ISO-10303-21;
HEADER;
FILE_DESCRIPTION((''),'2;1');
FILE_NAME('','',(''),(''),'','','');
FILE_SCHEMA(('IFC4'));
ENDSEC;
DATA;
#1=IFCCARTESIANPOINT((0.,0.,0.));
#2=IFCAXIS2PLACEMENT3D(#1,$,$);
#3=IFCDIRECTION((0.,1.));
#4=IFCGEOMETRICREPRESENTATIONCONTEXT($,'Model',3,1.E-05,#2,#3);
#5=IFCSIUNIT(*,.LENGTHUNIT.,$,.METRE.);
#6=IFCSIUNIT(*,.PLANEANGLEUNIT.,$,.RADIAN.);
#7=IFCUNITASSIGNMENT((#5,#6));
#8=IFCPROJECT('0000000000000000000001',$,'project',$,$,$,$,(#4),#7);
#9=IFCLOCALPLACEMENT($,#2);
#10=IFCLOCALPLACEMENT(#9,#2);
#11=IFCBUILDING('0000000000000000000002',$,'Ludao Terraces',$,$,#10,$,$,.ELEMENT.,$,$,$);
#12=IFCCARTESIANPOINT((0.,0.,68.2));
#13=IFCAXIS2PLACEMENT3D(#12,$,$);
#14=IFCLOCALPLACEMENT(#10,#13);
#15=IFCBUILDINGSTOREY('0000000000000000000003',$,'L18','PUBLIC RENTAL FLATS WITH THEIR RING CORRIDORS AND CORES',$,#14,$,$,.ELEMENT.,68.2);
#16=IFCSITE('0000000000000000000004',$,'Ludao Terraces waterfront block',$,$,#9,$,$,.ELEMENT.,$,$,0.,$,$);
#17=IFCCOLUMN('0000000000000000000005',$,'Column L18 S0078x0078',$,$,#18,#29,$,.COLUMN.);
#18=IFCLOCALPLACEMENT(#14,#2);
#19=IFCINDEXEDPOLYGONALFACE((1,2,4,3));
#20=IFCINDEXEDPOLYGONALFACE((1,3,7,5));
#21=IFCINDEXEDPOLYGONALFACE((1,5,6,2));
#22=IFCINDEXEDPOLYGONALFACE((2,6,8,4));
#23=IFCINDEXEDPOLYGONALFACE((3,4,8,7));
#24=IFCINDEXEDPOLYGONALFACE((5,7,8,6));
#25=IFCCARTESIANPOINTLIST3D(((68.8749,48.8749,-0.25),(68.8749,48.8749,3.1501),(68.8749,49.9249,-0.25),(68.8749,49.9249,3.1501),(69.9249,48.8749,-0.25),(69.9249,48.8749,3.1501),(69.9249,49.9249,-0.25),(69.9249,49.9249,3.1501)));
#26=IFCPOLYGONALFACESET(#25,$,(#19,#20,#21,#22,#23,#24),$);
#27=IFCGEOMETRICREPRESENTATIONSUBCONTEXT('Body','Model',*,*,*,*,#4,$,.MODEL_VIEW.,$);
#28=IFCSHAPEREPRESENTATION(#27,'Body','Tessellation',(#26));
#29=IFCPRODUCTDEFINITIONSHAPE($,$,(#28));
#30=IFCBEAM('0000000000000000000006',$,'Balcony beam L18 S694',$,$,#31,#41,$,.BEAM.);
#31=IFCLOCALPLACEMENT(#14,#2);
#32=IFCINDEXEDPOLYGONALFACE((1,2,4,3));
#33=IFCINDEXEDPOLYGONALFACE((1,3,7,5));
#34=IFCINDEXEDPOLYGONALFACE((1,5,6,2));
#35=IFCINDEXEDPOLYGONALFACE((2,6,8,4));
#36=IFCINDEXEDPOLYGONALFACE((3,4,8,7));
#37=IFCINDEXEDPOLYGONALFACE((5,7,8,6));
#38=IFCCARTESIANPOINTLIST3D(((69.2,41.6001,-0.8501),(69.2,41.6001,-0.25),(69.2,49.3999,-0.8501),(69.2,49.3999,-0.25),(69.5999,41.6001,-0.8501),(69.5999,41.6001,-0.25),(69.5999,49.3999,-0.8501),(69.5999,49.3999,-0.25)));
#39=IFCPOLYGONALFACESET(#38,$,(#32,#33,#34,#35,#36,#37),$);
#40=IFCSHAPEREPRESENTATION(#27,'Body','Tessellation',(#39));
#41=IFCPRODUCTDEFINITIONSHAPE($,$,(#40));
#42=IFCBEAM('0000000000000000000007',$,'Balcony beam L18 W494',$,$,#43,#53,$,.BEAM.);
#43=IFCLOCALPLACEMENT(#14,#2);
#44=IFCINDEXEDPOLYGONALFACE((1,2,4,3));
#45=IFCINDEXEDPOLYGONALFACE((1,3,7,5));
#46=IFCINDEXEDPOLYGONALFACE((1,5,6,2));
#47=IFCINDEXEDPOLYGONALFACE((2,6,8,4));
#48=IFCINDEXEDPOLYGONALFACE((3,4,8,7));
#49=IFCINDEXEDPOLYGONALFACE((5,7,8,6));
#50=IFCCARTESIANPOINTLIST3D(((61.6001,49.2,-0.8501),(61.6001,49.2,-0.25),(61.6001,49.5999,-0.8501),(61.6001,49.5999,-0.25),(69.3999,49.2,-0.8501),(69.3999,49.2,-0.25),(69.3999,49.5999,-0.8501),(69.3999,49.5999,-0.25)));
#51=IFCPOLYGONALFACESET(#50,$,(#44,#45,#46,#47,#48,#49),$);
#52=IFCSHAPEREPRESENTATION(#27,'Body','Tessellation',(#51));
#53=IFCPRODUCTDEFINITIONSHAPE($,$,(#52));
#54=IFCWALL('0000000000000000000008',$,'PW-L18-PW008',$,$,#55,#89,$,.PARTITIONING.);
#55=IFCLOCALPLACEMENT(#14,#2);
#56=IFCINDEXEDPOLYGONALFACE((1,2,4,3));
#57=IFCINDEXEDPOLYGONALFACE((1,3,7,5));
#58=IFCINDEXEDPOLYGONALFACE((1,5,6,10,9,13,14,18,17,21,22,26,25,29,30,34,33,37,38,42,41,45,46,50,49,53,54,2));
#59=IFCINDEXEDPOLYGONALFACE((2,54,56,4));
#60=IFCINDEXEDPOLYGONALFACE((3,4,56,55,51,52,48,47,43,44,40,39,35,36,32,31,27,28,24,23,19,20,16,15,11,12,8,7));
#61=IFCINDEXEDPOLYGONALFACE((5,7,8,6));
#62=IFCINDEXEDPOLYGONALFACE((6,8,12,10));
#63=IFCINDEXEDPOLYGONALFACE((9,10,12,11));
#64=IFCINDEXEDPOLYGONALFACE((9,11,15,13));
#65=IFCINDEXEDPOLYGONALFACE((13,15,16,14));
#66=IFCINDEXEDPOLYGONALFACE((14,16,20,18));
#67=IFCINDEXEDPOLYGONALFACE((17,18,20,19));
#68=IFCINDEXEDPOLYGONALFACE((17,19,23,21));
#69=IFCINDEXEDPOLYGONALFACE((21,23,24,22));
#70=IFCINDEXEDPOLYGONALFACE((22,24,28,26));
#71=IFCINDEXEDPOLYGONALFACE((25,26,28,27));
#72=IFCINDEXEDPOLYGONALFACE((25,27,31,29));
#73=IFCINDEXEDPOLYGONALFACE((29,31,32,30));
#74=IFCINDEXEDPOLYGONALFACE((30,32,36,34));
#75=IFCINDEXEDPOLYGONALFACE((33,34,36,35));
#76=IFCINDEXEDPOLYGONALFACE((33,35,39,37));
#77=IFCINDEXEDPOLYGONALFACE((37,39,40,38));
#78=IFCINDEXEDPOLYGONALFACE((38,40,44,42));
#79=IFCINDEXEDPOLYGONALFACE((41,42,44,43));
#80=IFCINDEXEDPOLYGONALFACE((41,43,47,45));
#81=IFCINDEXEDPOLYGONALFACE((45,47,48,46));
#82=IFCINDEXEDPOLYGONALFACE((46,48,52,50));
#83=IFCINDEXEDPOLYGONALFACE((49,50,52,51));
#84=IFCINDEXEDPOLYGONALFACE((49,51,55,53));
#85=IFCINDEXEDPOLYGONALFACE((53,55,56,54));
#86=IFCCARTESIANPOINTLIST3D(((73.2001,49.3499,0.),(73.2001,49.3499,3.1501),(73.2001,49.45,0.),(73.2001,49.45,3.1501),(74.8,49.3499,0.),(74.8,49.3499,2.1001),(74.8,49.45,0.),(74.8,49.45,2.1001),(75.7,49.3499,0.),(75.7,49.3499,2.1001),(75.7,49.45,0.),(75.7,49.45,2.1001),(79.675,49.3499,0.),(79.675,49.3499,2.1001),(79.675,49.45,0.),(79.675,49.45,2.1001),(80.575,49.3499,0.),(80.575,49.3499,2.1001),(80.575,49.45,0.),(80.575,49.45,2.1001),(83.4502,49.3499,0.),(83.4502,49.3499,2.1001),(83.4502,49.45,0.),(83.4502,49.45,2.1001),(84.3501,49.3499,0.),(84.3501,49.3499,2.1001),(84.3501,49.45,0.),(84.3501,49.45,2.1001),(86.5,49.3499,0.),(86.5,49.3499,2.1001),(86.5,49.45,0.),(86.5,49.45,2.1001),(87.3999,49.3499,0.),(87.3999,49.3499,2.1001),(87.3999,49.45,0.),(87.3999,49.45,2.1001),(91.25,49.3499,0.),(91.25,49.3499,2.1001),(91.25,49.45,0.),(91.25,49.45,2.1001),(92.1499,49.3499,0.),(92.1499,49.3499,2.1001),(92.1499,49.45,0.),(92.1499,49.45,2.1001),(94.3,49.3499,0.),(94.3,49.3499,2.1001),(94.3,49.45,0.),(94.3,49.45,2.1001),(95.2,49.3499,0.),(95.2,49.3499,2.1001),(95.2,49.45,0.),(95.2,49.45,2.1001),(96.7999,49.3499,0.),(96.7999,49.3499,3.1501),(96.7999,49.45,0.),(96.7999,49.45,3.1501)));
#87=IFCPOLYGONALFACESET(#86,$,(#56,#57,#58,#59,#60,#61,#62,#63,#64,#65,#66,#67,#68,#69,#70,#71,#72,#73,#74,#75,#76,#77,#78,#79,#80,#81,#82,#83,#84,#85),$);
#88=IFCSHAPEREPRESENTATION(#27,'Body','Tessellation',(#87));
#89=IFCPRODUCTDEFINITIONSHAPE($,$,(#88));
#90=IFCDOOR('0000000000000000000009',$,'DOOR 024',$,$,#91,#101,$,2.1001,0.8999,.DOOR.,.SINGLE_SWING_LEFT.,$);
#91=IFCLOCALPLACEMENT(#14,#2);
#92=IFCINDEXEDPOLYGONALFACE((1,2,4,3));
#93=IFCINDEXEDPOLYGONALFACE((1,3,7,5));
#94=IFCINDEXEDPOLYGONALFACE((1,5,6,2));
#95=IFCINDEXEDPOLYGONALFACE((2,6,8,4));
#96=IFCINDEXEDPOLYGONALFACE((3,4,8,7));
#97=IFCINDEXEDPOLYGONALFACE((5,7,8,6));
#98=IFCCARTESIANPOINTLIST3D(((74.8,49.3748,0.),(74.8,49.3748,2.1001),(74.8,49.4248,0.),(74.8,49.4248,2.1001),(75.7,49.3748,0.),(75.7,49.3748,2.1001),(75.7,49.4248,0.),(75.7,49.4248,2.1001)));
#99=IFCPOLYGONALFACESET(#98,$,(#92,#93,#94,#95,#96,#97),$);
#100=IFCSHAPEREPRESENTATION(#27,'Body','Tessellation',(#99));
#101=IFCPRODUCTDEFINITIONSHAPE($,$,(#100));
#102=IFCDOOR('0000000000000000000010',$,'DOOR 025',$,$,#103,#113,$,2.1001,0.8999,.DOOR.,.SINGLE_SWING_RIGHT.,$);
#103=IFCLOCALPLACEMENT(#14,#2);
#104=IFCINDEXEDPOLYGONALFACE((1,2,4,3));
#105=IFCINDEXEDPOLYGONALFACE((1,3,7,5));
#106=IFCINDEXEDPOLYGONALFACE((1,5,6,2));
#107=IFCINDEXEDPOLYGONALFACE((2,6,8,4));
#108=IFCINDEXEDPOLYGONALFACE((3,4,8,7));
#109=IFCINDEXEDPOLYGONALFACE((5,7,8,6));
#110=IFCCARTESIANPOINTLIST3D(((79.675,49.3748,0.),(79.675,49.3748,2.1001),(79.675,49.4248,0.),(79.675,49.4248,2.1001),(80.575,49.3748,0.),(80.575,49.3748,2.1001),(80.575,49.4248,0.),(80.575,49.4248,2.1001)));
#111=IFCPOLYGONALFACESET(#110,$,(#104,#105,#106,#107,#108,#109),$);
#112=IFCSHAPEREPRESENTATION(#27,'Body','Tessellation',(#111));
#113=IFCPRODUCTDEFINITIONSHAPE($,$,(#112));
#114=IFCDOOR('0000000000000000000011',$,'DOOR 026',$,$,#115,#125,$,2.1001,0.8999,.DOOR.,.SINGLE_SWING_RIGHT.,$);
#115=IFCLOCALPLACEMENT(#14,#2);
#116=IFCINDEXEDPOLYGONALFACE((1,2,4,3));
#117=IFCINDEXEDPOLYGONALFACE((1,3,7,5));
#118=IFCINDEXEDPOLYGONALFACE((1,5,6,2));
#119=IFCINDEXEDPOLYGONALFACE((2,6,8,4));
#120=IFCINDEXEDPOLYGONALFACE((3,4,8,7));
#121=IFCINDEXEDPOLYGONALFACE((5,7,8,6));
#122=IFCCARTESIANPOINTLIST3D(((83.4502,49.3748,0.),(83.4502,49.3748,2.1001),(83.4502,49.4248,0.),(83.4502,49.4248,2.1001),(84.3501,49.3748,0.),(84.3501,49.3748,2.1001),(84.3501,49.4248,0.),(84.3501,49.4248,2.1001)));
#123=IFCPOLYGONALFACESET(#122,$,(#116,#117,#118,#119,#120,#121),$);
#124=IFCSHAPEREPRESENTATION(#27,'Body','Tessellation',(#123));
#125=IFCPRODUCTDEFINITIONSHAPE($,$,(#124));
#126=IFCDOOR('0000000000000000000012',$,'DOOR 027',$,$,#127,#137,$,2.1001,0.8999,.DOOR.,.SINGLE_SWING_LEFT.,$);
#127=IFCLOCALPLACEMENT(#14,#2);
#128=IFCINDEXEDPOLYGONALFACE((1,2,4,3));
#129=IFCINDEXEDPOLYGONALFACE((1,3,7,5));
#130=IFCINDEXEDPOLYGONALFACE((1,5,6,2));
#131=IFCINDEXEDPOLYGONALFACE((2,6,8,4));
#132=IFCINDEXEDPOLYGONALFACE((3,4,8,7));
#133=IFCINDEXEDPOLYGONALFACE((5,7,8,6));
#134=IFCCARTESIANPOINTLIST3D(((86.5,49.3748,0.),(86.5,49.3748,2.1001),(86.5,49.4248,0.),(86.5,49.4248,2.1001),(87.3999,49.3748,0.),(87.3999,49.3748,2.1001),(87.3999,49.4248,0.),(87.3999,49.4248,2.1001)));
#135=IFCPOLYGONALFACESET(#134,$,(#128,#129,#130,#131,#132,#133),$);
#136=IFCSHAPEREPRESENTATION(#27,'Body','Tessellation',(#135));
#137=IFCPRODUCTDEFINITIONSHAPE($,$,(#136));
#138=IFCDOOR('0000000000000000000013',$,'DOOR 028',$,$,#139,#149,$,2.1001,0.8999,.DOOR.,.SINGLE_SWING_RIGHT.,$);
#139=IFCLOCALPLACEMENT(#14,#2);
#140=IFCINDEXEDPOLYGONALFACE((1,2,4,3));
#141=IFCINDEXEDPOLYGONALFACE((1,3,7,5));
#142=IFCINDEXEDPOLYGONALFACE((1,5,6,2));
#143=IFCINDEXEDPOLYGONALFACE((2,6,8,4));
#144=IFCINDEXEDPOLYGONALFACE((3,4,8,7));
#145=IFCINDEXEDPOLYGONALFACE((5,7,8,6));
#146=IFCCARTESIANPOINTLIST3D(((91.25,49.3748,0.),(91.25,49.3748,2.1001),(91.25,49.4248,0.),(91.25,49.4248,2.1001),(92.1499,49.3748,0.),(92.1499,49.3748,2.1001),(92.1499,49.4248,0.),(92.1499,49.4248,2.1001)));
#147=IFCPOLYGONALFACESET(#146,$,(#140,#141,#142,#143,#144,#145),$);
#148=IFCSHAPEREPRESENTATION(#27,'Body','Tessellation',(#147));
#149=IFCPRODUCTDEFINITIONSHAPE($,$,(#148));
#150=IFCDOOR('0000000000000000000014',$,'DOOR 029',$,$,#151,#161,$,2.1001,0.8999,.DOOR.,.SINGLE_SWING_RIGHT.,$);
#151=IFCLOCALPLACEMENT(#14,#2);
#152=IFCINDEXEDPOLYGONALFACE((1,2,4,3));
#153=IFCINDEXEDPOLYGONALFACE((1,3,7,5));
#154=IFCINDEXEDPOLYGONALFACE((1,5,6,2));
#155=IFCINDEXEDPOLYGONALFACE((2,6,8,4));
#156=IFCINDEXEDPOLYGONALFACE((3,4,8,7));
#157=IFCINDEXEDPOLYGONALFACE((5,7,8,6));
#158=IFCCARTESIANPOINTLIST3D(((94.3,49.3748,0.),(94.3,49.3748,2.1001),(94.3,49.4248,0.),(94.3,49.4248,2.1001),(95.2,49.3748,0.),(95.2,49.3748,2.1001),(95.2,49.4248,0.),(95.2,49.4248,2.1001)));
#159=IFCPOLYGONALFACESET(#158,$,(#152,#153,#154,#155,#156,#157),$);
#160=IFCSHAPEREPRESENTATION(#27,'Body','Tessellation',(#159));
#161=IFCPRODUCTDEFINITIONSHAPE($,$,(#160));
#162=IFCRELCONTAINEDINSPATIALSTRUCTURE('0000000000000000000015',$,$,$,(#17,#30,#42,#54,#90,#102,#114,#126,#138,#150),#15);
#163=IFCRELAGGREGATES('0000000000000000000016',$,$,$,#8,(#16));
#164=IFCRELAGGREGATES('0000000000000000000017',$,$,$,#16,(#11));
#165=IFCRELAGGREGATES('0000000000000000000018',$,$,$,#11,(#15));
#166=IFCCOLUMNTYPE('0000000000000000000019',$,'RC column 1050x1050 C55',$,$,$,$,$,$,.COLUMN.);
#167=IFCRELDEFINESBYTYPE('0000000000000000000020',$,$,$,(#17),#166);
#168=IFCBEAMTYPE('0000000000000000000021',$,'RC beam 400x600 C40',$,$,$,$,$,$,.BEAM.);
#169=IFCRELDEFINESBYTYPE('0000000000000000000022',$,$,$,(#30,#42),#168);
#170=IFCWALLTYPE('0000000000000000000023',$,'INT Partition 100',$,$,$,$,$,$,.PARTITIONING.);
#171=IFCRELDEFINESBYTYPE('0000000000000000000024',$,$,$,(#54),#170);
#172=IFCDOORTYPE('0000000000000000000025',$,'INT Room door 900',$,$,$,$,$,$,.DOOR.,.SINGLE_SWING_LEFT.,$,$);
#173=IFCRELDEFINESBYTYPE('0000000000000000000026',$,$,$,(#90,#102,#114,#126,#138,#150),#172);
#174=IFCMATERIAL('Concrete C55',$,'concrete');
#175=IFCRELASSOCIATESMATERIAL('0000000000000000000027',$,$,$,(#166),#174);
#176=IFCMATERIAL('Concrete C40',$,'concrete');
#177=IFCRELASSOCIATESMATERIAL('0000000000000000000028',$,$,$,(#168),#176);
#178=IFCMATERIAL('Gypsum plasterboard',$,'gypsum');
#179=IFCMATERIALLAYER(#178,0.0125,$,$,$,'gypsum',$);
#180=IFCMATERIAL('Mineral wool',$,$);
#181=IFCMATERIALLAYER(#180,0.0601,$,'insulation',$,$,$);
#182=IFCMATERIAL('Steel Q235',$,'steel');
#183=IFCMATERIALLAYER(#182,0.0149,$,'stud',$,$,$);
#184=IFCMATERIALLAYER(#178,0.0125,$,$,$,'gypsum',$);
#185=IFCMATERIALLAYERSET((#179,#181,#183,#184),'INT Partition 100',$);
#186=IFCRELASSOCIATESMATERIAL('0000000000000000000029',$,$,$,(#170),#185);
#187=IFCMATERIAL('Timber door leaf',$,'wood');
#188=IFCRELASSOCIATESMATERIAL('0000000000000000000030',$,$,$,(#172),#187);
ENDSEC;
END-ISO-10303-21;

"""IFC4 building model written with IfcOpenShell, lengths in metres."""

from ifc_helpers import new_model, si_unit, direction, frame, frame_2d, origin, origin_2d, place, context, subcontext, project, spatial, rectangle, extrude, material, layer, layer_set, material_profile, profile_set, type_object, element, fill, save


model = new_model("IFC4")

# Units and contexts
model_context = context("Model", 3, precision=1e-05, world=origin(), true_north=direction((0.0, 1.0)))
body_context = subcontext(model_context, "Body", "Model", "MODEL_VIEW")
ifc_project = project(units=[si_unit("LENGTHUNIT", "METRE"), si_unit("PLANEANGLEUNIT", "RADIAN")], contexts=[model_context])

# Site, building, storey
site_placement = place(None, origin())
site = spatial("IfcSite", under=ifc_project, at=site_placement, Name="Ludao Terraces waterfront block", CompositionType="ELEMENT", RefElevation=0.0)
building_placement = place(site_placement, origin())
building = spatial("IfcBuilding", under=site, at=building_placement, Name="Ludao Terraces", CompositionType="ELEMENT")
storey_placement = place(building_placement, frame((0.0, 0.0, 68.2)))
storey = spatial("IfcBuildingStorey", under=building, at=storey_placement, Name="L18", Description="PUBLIC RENTAL FLATS WITH THEIR RING CORRIDORS AND CORES", CompositionType="ELEMENT", Elevation=68.2)

# Column
ifc_material_1 = material(Name="Concrete C55", Category="concrete")
ifc_material_profile_1 = material_profile(ifc_material_1, rectangle(XDim=1.05, YDim=1.05, at=origin_2d()), Name="1050 X 1050")
ifc_profile_set_1 = profile_set([ifc_material_profile_1], Name="Concrete C55")
column_type = type_object("IfcColumnType", Name="RC column 1050x1050 C55", PredefinedType="COLUMN", material=ifc_profile_set_1)
column_placement = place(storey_placement, frame((69.3999, 49.3999, -0.25), z_axis=(0.0, 0.0, 1.0), x_axis=(1.0, 0.0, 0.0)))
element("IfcColumn", 1, at=column_placement, inside=storey, type_object=column_type, Name="Column L18 S0078x0078", PredefinedType="COLUMN", context=body_context, shape_type="SweptSolid", body=[
    extrude(rectangle(XDim=1.05, YDim=1.05, at=origin_2d()), origin(), (0.0, 0.0, 1.0), 3.4001),
])

# Beams
ifc_material_2 = material(Name="Concrete C40", Category="concrete")
ifc_material_profile_2 = material_profile(ifc_material_2, rectangle(XDim=0.3999, YDim=0.6001, at=origin_2d()), Name="400 X 600")
ifc_profile_set_2 = profile_set([ifc_material_profile_2], Name="Concrete C40")
beam_type = type_object("IfcBeamType", Name="RC beam 400x600 C40", PredefinedType="BEAM", material=ifc_profile_set_2)
for number, where, z_axis, x_axis, name in (
    (2, (69.3999, 49.3999, -0.55), (0.0, -1.0, 0.0), (1.0, 0.0, 0.0), "Balcony beam L18 S694"),
    (3, (69.3999, 49.3999, -0.55), (-1.0, 0.0, 0.0), (0.0, -1.0, 0.0), "Balcony beam L18 W494"),
):
    element("IfcBeam", number, at=place(storey_placement, frame(where, z_axis=z_axis, x_axis=x_axis)), inside=storey, type_object=beam_type, Name=name, PredefinedType="BEAM", context=body_context, shape_type="SweptSolid", body=[
        extrude(rectangle(XDim=0.3999, YDim=0.6001, at=origin_2d()), origin(), (0.0, 0.0, 1.0), 7.7998),
    ])

# Wall, openings, doors
ifc_material_3 = material(Name="Gypsum plasterboard", Category="gypsum")
ifc_layer_1 = layer(ifc_material_3, 0.0125, Category="gypsum")
ifc_material_4 = material(Name="Mineral wool")
ifc_layer_2 = layer(ifc_material_4, 0.0601, Name="insulation")
ifc_material_5 = material(Name="Steel Q235", Category="steel")
ifc_layer_3 = layer(ifc_material_5, 0.0149, Name="stud")
ifc_layer_4 = layer(ifc_material_3, 0.0125, Category="gypsum")
ifc_layer_set = layer_set([ifc_layer_1, ifc_layer_2, ifc_layer_3, ifc_layer_4], Name="INT Partition 100")
wall_type = type_object("IfcWallType", Name="INT Partition 100", PredefinedType="PARTITIONING", material=ifc_layer_set)
wall_1_placement = place(storey_placement, frame((73.2002, 49.3999, 0.0), z_axis=(0.0, 0.0, 1.0), x_axis=(1.0, 0.0, 0.0)))
wall_1 = element("IfcWall", 4, at=wall_1_placement, inside=storey, type_object=wall_type, Name="PW-L18-PW008", PredefinedType="PARTITIONING", context=body_context, shape_type="SweptSolid", body=[
    extrude(rectangle(XDim=23.5999, YDim=0.1001, at=frame_2d((11.7998, 0.0))), origin(), (0.0, 0.0, 1.0), 3.1501),
])
opening_1_placement = place(wall_1_placement, frame((1.5999, 0.0, 0.0)))
opening_1 = element("IfcOpeningElement", 5, at=opening_1_placement, cuts=wall_1, PredefinedType="OPENING", context=body_context, shape_type="SweptSolid", body=[
    extrude(rectangle(XDim=0.8999, YDim=2.1001, at=frame_2d((0.45, 1.05))), frame((0.0, 0.0601, 0.0), z_axis=(0.0, -1.0, 0.0), x_axis=(1.0, 0.0, 0.0)), (0.0, 0.0, 1.0), 0.1201),
])
opening_2_placement = place(wall_1_placement, frame((6.4749, 0.0, 0.0)))
opening_2 = element("IfcOpeningElement", 6, at=opening_2_placement, cuts=wall_1, PredefinedType="OPENING", context=body_context, shape_type="SweptSolid", body=[
    extrude(rectangle(XDim=0.8999, YDim=2.1001, at=frame_2d((0.45, 1.05))), frame((0.0, 0.0601, 0.0), z_axis=(0.0, -1.0, 0.0), x_axis=(1.0, 0.0, 0.0)), (0.0, 0.0, 1.0), 0.1201),
])
opening_3_placement = place(wall_1_placement, frame((10.25, 0.0, 0.0)))
opening_3 = element("IfcOpeningElement", 7, at=opening_3_placement, cuts=wall_1, PredefinedType="OPENING", context=body_context, shape_type="SweptSolid", body=[
    extrude(rectangle(XDim=0.8999, YDim=2.1001, at=frame_2d((0.45, 1.05))), frame((0.0, 0.0601, 0.0), z_axis=(0.0, -1.0, 0.0), x_axis=(1.0, 0.0, 0.0)), (0.0, 0.0, 1.0), 0.1201),
])
opening_4_placement = place(wall_1_placement, frame((13.2998, 0.0, 0.0)))
opening_4 = element("IfcOpeningElement", 8, at=opening_4_placement, cuts=wall_1, PredefinedType="OPENING", context=body_context, shape_type="SweptSolid", body=[
    extrude(rectangle(XDim=0.8999, YDim=2.1001, at=frame_2d((0.45, 1.05))), frame((0.0, 0.0601, 0.0), z_axis=(0.0, -1.0, 0.0), x_axis=(1.0, 0.0, 0.0)), (0.0, 0.0, 1.0), 0.1201),
])
opening_5_placement = place(wall_1_placement, frame((18.0498, 0.0, 0.0)))
opening_5 = element("IfcOpeningElement", 9, at=opening_5_placement, cuts=wall_1, PredefinedType="OPENING", context=body_context, shape_type="SweptSolid", body=[
    extrude(rectangle(XDim=0.8999, YDim=2.1001, at=frame_2d((0.45, 1.05))), frame((0.0, 0.0601, 0.0), z_axis=(0.0, -1.0, 0.0), x_axis=(1.0, 0.0, 0.0)), (0.0, 0.0, 1.0), 0.1201),
])
opening_6_placement = place(wall_1_placement, frame((21.0999, 0.0, 0.0)))
opening_6 = element("IfcOpeningElement", 10, at=opening_6_placement, cuts=wall_1, PredefinedType="OPENING", context=body_context, shape_type="SweptSolid", body=[
    extrude(rectangle(XDim=0.8999, YDim=2.1001, at=frame_2d((0.45, 1.05))), frame((0.0, 0.0601, 0.0), z_axis=(0.0, -1.0, 0.0), x_axis=(1.0, 0.0, 0.0)), (0.0, 0.0, 1.0), 0.1201),
])
ifc_material_6 = material(Name="Timber door leaf", Category="wood")
door_type_1 = type_object("IfcDoorType", Name="INT Room door 900", OperationType="SINGLE_SWING_LEFT", PredefinedType="DOOR", material=ifc_material_6)
door_1_placement = place(opening_1_placement, origin())
door_1 = element("IfcDoor", 11, at=door_1_placement, inside=storey, type_object=door_type_1, Name="DOOR 024", OperationType="SINGLE_SWING_LEFT", OverallHeight=2.1001, OverallWidth=0.8999, PredefinedType="DOOR", context=body_context, shape_type="SweptSolid", body=[
    extrude(rectangle(XDim=0.8999, YDim=2.1001, at=frame_2d((0.45, 1.05))), frame((0.0, 0.0249, 0.0), z_axis=(0.0, -1.0, 0.0), x_axis=(1.0, 0.0, 0.0)), (0.0, 0.0, 1.0), 0.05),
])
fill(opening_1, door_1)
door_2_placement = place(opening_2_placement, origin())
door_2 = element("IfcDoor", 12, at=door_2_placement, inside=storey, type_object=door_type_1, Name="DOOR 025", OperationType="SINGLE_SWING_RIGHT", OverallHeight=2.1001, OverallWidth=0.8999, PredefinedType="DOOR", context=body_context, shape_type="SweptSolid", body=[
    extrude(rectangle(XDim=0.8999, YDim=2.1001, at=frame_2d((0.45, 1.05))), frame((0.0, 0.0249, 0.0), z_axis=(0.0, -1.0, 0.0), x_axis=(1.0, 0.0, 0.0)), (0.0, 0.0, 1.0), 0.05),
])
fill(opening_2, door_2)
door_3_placement = place(opening_3_placement, origin())
door_3 = element("IfcDoor", 13, at=door_3_placement, inside=storey, type_object=door_type_1, Name="DOOR 026", OperationType="SINGLE_SWING_RIGHT", OverallHeight=2.1001, OverallWidth=0.8999, PredefinedType="DOOR", context=body_context, shape_type="SweptSolid", body=[
    extrude(rectangle(XDim=0.8999, YDim=2.1001, at=frame_2d((0.45, 1.05))), frame((0.0, 0.0249, 0.0), z_axis=(0.0, -1.0, 0.0), x_axis=(1.0, 0.0, 0.0)), (0.0, 0.0, 1.0), 0.05),
])
fill(opening_3, door_3)
door_4_placement = place(opening_4_placement, origin())
door_4 = element("IfcDoor", 14, at=door_4_placement, inside=storey, type_object=door_type_1, Name="DOOR 027", OperationType="SINGLE_SWING_LEFT", OverallHeight=2.1001, OverallWidth=0.8999, PredefinedType="DOOR", context=body_context, shape_type="SweptSolid", body=[
    extrude(rectangle(XDim=0.8999, YDim=2.1001, at=frame_2d((0.45, 1.05))), frame((0.0, 0.0249, 0.0), z_axis=(0.0, -1.0, 0.0), x_axis=(1.0, 0.0, 0.0)), (0.0, 0.0, 1.0), 0.05),
])
fill(opening_4, door_4)
door_5_placement = place(opening_5_placement, origin())
door_5 = element("IfcDoor", 15, at=door_5_placement, inside=storey, type_object=door_type_1, Name="DOOR 028", OperationType="SINGLE_SWING_RIGHT", OverallHeight=2.1001, OverallWidth=0.8999, PredefinedType="DOOR", context=body_context, shape_type="SweptSolid", body=[
    extrude(rectangle(XDim=0.8999, YDim=2.1001, at=frame_2d((0.45, 1.05))), frame((0.0, 0.0249, 0.0), z_axis=(0.0, -1.0, 0.0), x_axis=(1.0, 0.0, 0.0)), (0.0, 0.0, 1.0), 0.05),
])
fill(opening_5, door_5)
door_6_placement = place(opening_6_placement, origin())
door_6 = element("IfcDoor", 16, at=door_6_placement, inside=storey, type_object=door_type_1, Name="DOOR 029", OperationType="SINGLE_SWING_RIGHT", OverallHeight=2.1001, OverallWidth=0.8999, PredefinedType="DOOR", context=body_context, shape_type="SweptSolid", body=[
    extrude(rectangle(XDim=0.8999, YDim=2.1001, at=frame_2d((0.45, 1.05))), frame((0.0, 0.0249, 0.0), z_axis=(0.0, -1.0, 0.0), x_axis=(1.0, 0.0, 0.0)), (0.0, 0.0, 1.0), 0.05),
])
fill(opening_6, door_6)

save(model, "model.ifc")
